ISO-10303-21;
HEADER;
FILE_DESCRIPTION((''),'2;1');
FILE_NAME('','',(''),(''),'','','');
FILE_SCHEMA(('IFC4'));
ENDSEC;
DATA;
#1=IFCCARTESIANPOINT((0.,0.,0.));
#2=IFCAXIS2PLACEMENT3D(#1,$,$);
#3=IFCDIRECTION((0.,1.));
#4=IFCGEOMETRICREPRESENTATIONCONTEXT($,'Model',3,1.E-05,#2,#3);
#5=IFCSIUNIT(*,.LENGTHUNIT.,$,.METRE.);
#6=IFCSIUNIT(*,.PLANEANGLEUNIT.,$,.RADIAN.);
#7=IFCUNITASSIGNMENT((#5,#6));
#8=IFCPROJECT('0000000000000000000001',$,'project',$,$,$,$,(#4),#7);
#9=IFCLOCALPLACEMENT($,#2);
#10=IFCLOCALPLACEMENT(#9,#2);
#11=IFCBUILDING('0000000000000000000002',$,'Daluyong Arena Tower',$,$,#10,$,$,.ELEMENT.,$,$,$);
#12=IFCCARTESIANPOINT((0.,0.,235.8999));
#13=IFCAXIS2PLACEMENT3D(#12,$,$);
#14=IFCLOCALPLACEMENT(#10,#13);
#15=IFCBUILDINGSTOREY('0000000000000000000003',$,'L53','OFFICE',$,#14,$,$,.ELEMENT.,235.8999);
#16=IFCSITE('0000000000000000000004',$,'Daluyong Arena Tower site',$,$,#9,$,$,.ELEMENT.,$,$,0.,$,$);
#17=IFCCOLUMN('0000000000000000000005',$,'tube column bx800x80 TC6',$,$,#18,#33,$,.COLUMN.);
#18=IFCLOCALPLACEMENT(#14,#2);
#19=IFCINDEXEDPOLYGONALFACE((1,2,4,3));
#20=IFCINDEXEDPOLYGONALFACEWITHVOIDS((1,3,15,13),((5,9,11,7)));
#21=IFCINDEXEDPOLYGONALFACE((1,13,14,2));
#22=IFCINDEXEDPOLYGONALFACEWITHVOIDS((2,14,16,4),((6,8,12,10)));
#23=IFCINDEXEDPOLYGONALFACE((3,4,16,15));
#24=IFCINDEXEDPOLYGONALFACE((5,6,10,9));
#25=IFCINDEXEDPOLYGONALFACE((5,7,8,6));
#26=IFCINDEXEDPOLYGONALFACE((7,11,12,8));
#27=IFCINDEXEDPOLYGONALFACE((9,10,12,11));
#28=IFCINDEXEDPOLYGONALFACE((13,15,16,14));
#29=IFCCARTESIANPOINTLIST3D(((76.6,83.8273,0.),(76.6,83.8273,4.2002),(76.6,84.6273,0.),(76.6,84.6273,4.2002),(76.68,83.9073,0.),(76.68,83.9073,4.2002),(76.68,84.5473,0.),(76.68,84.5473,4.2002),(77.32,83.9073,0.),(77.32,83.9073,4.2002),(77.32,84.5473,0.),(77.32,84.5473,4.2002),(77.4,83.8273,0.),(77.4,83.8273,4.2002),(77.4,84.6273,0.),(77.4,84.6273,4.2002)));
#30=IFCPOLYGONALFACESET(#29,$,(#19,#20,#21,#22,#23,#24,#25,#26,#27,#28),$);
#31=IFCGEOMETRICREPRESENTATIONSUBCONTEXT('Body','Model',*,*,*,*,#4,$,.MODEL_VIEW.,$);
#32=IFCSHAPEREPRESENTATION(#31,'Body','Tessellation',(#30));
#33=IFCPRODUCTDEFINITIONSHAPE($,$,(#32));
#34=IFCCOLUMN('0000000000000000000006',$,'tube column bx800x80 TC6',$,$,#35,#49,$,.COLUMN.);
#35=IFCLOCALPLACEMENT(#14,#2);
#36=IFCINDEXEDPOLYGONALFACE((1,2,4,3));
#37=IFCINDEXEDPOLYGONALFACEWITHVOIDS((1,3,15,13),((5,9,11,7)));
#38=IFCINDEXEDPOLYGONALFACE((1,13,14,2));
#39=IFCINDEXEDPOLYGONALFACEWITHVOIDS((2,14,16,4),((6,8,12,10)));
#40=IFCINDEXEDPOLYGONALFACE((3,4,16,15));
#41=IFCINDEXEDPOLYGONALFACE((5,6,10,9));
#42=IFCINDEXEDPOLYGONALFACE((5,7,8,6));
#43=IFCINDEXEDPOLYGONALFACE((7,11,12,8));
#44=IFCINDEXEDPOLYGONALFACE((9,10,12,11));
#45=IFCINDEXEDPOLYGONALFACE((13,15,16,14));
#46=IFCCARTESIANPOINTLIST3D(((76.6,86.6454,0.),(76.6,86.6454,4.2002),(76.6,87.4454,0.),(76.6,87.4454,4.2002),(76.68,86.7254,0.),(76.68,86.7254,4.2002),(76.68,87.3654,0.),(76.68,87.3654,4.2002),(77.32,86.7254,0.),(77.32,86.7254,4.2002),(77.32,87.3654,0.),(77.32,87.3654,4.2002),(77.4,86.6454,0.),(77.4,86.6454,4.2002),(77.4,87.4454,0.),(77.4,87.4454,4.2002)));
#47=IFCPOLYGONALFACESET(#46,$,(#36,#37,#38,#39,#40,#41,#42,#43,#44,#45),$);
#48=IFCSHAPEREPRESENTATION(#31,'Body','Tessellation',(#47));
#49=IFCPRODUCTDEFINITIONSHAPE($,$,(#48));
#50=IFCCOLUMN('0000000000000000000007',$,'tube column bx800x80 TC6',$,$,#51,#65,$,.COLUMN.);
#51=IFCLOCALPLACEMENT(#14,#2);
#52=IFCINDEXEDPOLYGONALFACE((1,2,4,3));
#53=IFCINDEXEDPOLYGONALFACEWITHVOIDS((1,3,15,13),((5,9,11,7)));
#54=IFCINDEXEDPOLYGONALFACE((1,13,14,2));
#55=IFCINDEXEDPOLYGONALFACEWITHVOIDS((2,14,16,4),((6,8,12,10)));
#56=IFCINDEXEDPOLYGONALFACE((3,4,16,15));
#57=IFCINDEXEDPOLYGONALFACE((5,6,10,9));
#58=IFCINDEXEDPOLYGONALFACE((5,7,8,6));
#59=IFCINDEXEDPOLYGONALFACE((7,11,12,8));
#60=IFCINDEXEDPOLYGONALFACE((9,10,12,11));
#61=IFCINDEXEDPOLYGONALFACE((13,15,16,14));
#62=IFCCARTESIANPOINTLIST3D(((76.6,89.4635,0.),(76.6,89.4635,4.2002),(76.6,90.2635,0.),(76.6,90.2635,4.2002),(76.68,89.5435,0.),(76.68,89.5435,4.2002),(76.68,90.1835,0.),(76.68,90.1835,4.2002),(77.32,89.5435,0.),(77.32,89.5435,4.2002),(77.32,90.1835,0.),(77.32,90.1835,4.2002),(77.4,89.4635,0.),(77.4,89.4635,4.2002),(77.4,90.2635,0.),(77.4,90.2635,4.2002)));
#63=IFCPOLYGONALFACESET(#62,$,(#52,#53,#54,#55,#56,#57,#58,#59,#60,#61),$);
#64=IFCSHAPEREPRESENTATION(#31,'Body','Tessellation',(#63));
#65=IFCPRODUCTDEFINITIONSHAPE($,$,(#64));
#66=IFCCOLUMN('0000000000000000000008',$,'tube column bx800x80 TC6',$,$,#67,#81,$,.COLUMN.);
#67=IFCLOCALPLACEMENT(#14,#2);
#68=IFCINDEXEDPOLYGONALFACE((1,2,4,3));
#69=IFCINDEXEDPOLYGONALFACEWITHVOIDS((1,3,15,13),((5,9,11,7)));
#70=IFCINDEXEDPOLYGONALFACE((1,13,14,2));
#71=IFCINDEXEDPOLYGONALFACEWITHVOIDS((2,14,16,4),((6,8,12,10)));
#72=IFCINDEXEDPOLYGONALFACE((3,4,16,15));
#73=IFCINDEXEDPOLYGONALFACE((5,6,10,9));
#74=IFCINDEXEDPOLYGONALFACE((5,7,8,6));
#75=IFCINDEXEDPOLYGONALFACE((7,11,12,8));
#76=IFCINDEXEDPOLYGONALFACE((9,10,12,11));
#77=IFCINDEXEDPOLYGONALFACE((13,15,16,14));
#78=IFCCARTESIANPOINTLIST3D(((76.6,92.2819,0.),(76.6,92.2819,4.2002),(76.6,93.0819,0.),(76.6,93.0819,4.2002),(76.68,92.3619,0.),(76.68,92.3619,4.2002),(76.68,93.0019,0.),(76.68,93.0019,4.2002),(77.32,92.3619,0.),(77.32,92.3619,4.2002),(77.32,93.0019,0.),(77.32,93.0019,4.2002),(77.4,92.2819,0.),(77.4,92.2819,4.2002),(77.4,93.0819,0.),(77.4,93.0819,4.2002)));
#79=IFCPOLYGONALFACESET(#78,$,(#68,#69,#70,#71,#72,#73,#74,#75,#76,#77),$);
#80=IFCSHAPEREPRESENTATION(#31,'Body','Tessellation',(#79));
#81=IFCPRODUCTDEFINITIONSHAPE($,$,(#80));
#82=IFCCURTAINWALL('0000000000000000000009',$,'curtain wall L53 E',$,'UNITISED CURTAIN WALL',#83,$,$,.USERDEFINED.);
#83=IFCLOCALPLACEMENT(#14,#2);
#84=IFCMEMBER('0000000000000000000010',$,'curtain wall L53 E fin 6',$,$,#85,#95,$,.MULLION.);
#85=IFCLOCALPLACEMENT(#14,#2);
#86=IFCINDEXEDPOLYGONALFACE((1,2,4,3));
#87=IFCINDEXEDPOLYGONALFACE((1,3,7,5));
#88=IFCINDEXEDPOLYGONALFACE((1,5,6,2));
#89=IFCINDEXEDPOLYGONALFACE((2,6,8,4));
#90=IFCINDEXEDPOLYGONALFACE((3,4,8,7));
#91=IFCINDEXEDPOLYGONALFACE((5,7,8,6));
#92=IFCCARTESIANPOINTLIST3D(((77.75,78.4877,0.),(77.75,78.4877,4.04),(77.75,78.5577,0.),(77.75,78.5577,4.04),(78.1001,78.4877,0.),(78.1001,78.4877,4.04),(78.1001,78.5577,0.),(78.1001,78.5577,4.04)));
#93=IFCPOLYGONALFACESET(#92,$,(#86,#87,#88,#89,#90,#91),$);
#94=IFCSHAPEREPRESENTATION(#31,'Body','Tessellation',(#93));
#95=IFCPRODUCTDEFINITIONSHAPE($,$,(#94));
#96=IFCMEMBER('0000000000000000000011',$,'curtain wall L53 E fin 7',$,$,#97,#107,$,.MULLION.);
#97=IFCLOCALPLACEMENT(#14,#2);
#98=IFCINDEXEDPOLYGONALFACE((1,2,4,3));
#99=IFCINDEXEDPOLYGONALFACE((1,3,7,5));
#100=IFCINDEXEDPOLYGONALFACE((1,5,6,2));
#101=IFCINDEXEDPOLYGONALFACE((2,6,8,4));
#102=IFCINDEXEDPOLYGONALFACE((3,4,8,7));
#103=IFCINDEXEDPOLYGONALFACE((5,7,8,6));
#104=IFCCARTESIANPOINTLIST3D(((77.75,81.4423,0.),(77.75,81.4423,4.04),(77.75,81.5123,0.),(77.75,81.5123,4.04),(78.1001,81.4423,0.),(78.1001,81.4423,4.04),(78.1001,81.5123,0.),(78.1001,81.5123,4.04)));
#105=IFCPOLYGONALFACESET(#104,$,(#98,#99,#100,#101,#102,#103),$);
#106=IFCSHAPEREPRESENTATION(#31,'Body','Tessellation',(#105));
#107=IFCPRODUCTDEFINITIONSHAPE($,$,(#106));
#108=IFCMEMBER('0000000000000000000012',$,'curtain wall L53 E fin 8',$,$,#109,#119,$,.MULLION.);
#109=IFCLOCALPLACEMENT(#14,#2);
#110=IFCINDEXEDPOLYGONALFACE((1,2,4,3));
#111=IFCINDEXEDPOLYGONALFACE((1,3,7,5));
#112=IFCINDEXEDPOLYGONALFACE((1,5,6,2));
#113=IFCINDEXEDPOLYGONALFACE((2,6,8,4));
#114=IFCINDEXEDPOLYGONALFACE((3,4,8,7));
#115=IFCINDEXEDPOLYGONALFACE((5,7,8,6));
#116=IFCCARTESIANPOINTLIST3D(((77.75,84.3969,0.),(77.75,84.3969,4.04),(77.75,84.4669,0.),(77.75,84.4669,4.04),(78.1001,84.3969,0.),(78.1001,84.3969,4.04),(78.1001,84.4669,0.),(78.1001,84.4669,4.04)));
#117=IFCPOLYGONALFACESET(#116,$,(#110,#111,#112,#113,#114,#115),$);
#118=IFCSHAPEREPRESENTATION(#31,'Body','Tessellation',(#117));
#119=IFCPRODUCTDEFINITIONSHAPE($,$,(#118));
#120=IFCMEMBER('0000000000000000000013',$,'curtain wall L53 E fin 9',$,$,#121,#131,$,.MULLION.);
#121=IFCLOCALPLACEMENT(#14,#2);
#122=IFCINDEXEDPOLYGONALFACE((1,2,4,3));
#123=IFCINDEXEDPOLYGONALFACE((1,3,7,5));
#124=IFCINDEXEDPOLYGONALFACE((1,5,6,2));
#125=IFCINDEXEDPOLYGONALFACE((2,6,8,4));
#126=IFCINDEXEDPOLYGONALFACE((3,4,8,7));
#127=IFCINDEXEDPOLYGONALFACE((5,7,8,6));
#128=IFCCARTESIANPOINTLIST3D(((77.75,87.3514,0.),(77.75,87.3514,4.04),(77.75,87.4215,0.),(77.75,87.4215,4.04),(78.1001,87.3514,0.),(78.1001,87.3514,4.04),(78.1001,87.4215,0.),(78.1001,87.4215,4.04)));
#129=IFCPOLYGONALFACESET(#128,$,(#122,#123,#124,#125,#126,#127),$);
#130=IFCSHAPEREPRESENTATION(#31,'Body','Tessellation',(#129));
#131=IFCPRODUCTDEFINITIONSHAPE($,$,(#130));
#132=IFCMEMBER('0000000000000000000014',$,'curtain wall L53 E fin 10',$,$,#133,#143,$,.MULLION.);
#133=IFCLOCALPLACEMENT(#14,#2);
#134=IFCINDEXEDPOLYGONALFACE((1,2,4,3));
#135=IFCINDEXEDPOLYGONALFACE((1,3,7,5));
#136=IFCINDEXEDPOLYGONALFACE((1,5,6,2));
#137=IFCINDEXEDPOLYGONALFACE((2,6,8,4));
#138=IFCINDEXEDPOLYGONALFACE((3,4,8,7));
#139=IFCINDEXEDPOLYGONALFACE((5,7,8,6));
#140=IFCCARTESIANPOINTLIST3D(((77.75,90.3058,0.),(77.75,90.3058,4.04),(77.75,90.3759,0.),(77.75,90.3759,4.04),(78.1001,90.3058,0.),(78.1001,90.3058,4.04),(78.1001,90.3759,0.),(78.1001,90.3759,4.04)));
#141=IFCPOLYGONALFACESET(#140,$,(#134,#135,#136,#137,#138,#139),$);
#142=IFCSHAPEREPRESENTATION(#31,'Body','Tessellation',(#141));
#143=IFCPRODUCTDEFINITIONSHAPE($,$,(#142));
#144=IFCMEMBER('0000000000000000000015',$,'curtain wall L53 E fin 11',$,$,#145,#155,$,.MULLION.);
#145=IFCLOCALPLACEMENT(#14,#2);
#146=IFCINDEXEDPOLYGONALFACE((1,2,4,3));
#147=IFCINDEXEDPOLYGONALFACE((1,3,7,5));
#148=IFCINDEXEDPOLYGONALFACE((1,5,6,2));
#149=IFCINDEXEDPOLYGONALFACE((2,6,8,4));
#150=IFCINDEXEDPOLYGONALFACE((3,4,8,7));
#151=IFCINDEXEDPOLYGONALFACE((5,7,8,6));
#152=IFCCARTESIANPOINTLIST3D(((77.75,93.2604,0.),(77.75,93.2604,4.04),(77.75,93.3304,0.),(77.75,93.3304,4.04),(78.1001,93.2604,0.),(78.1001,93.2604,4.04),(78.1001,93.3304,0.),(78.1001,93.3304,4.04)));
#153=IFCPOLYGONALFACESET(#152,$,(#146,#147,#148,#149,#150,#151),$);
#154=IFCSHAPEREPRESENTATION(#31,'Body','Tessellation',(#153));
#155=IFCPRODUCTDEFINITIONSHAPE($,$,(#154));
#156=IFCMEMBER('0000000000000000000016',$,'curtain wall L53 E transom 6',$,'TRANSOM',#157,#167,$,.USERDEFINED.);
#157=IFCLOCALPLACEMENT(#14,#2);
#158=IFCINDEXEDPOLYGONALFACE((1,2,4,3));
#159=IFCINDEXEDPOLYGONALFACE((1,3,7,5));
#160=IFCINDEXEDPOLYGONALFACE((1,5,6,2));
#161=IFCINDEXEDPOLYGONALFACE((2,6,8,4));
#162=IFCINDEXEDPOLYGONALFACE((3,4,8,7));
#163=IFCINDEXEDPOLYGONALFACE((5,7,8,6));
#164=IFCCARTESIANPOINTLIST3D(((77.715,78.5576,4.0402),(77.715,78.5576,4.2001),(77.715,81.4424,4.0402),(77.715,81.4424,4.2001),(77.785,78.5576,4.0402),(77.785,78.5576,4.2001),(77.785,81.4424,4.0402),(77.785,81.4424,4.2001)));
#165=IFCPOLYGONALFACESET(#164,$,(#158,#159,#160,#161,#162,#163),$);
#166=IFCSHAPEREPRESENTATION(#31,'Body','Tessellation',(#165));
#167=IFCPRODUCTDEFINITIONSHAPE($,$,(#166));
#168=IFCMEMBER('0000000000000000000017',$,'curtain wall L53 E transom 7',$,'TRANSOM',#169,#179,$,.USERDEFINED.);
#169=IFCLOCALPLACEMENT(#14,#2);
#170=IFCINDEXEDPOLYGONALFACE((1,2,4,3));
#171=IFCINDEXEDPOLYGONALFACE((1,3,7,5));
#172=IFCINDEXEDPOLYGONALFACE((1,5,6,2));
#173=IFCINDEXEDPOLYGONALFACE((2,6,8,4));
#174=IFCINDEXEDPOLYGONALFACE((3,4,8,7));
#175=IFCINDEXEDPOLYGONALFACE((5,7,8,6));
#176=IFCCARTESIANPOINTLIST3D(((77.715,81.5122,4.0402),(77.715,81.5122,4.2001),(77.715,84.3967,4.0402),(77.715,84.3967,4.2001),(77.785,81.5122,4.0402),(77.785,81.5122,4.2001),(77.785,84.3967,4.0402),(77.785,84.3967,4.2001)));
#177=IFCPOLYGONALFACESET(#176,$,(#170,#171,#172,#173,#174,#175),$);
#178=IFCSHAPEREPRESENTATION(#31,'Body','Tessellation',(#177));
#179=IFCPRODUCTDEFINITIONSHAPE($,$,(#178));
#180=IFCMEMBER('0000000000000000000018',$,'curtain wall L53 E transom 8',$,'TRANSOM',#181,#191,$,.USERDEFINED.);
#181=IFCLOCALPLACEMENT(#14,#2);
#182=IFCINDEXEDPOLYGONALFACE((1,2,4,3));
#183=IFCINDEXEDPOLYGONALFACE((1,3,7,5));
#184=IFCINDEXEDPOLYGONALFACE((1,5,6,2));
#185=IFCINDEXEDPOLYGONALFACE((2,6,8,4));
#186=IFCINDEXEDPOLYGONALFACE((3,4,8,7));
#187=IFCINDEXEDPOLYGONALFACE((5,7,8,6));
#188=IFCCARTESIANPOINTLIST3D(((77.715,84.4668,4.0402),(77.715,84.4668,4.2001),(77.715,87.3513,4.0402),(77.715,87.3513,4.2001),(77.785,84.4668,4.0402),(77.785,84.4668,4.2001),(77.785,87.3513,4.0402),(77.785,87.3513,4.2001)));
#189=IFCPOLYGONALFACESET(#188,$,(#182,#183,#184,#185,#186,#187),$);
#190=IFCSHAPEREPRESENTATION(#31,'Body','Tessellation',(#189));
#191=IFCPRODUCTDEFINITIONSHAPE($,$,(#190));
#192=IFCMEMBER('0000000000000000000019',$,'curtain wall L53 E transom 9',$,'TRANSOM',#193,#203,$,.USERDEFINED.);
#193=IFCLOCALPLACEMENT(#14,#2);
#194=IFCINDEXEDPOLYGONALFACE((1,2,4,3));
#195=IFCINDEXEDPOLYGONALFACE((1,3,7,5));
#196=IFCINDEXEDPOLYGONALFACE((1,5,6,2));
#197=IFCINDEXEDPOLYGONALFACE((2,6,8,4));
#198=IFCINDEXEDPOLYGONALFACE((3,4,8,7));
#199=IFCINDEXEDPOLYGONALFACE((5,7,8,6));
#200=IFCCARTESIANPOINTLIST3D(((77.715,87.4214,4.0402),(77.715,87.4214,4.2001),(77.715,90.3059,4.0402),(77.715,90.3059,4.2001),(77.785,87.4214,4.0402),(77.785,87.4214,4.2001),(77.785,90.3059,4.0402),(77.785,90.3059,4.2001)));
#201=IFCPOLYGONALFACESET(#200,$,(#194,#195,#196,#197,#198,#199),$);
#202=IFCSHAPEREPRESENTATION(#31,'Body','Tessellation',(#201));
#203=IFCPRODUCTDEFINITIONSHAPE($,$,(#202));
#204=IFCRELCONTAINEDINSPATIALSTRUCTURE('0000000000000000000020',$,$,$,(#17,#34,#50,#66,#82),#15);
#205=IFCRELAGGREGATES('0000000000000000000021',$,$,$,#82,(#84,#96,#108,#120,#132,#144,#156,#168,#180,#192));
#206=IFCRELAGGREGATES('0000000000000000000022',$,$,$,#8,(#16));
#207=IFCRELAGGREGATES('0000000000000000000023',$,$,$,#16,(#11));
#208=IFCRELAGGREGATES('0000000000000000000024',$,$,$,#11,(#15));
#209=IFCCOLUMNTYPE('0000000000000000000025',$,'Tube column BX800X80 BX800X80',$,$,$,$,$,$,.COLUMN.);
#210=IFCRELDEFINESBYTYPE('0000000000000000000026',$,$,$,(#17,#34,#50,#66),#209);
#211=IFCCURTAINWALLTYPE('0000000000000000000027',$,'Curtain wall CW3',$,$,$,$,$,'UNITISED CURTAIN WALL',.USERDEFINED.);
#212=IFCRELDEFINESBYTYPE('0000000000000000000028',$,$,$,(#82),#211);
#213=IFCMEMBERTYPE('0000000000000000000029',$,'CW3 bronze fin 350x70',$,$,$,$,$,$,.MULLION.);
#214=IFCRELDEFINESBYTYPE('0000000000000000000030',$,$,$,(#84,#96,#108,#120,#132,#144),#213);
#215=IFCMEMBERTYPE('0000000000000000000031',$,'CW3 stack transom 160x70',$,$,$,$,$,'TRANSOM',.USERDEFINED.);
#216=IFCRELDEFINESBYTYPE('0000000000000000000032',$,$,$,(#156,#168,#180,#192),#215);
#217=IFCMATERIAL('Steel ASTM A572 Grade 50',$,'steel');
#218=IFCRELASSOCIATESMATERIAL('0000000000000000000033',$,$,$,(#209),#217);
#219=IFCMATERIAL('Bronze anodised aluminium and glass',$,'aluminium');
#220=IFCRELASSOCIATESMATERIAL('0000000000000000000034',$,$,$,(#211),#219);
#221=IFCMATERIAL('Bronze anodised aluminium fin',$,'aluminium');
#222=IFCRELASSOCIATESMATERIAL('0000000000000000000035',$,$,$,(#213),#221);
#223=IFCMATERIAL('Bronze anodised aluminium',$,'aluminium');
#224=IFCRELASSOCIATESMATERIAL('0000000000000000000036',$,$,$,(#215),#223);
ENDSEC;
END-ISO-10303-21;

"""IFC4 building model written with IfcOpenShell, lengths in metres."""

from ifc_helpers import new_model, si_unit, direction, frame, origin, origin_2d, place, context, subcontext, project, spatial, rectangle, hollow_rectangle, extrude, material, material_profile, profile_set, type_object, element, aggregate, save


model = new_model("IFC4")

# Units and contexts
model_context = context("Model", 3, precision=1e-05, world=origin(), true_north=direction((0.0, 1.0)))
body_context = subcontext(model_context, "Body", "Model", "MODEL_VIEW")
ifc_project = project(units=[si_unit("LENGTHUNIT", "METRE"), si_unit("PLANEANGLEUNIT", "RADIAN")], contexts=[model_context])

# Site, building, storey
site_placement = place(None, origin())
site = spatial("IfcSite", under=ifc_project, at=site_placement, Name="Daluyong Arena Tower site", CompositionType="ELEMENT", RefElevation=0.0)
building_placement = place(site_placement, origin())
building = spatial("IfcBuilding", under=site, at=building_placement, Name="Daluyong Arena Tower", CompositionType="ELEMENT")
storey_placement = place(building_placement, frame((0.0, 0.0, 235.8999)))
storey = spatial("IfcBuildingStorey", under=building, at=storey_placement, Name="L53", Description="OFFICE", CompositionType="ELEMENT", Elevation=235.8999)

# Columns
ifc_material_1 = material(Name="Steel ASTM A572 Grade 50", Category="steel")
ifc_material_profile_1 = material_profile(ifc_material_1, hollow_rectangle(XDim=0.8, YDim=0.8, WallThickness=0.08, at=origin_2d()))
ifc_profile_set_1 = profile_set([ifc_material_profile_1], Name="Steel ASTM A572 Grade 50")
column_type = type_object("IfcColumnType", Name="Tube column BX800X80 BX800X80", PredefinedType="COLUMN", material=ifc_profile_set_1)
for number, where, z_axis, x_axis, name in (
    (1, (77.0, 84.2273, 0.0), (0.0, 0.0, 1.0), (0.0, 1.0, 0.0), "tube column bx800x80 TC6"),
    (2, (77.0, 87.0454, 0.0), (0.0, 0.0, 1.0), (0.0, 1.0, 0.0), "tube column bx800x80 TC6"),
    (3, (77.0, 89.8635, 0.0), (0.0, 0.0, 1.0), (0.0, 1.0, 0.0), "tube column bx800x80 TC6"),
    (4, (77.0, 92.6819, 0.0), (0.0, 0.0, 1.0), (0.0, 1.0, 0.0), "tube column bx800x80 TC6"),
):
    element("IfcColumn", number, at=place(storey_placement, frame(where, z_axis=z_axis, x_axis=x_axis)), inside=storey, type_object=column_type, Name=name, PredefinedType="COLUMN", context=body_context, shape_type="SweptSolid", body=[
        extrude(hollow_rectangle(XDim=0.8, YDim=0.8, WallThickness=0.08, at=origin_2d()), origin(), (0.0, 0.0, 1.0), 4.2002),
    ])

# Curtain wall, members
ifc_material_2 = material(Name="Bronze anodised aluminium and glass", Category="aluminium")
curtain_wall_type = type_object("IfcCurtainWallType", Name="Curtain wall CW3", ElementType="UNITISED CURTAIN WALL", PredefinedType="USERDEFINED", material=ifc_material_2)
curtain_wall_placement = place(storey_placement, origin())
curtain_wall = element("IfcCurtainWall", 5, at=curtain_wall_placement, inside=storey, type_object=curtain_wall_type, Name="curtain wall L53 E", ObjectType="UNITISED CURTAIN WALL", PredefinedType="USERDEFINED")
ifc_material_3 = material(Name="Bronze anodised aluminium fin", Category="aluminium")
ifc_material_profile_2 = material_profile(ifc_material_3, rectangle(XDim=0.3501, YDim=0.0701, at=origin_2d()))
ifc_profile_set_2 = profile_set([ifc_material_profile_2], Name="Bronze anodised aluminium fin")
member_type_1 = type_object("IfcMemberType", Name="CW3 bronze fin 350x70", PredefinedType="MULLION", material=ifc_profile_set_2)
member_1_placement = place(storey_placement, frame((77.925, 78.5227, 0.0), z_axis=(0.0, 0.0, 1.0), x_axis=(-1.0, 0.0, 0.0)))
member_1 = element("IfcMember", 6, at=member_1_placement, type_object=member_type_1, Name="curtain wall L53 E fin 6", PredefinedType="MULLION", context=body_context, shape_type="SweptSolid", body=[
    extrude(rectangle(XDim=0.3501, YDim=0.0701, at=origin_2d()), origin(), (0.0, 0.0, 1.0), 4.04),
])
member_2_placement = place(storey_placement, frame((77.925, 81.4773, 0.0), z_axis=(0.0, 0.0, 1.0), x_axis=(-1.0, 0.0, 0.0)))
member_2 = element("IfcMember", 7, at=member_2_placement, type_object=member_type_1, Name="curtain wall L53 E fin 7", PredefinedType="MULLION", context=body_context, shape_type="SweptSolid", body=[
    extrude(rectangle(XDim=0.3501, YDim=0.0701, at=origin_2d()), origin(), (0.0, 0.0, 1.0), 4.04),
])
member_3_placement = place(storey_placement, frame((77.925, 84.4319, 0.0), z_axis=(0.0, 0.0, 1.0), x_axis=(-1.0, 0.0, 0.0)))
member_3 = element("IfcMember", 8, at=member_3_placement, type_object=member_type_1, Name="curtain wall L53 E fin 8", PredefinedType="MULLION", context=body_context, shape_type="SweptSolid", body=[
    extrude(rectangle(XDim=0.3501, YDim=0.0701, at=origin_2d()), origin(), (0.0, 0.0, 1.0), 4.04),
])
member_4_placement = place(storey_placement, frame((77.925, 87.3865, 0.0), z_axis=(0.0, 0.0, 1.0), x_axis=(-1.0, 0.0, 0.0)))
member_4 = element("IfcMember", 9, at=member_4_placement, type_object=member_type_1, Name="curtain wall L53 E fin 9", PredefinedType="MULLION", context=body_context, shape_type="SweptSolid", body=[
    extrude(rectangle(XDim=0.3501, YDim=0.0701, at=origin_2d()), origin(), (0.0, 0.0, 1.0), 4.04),
])
member_5_placement = place(storey_placement, frame((77.925, 90.3408, 0.0), z_axis=(0.0, 0.0, 1.0), x_axis=(-1.0, 0.0, 0.0)))
member_5 = element("IfcMember", 10, at=member_5_placement, type_object=member_type_1, Name="curtain wall L53 E fin 10", PredefinedType="MULLION", context=body_context, shape_type="SweptSolid", body=[
    extrude(rectangle(XDim=0.3501, YDim=0.0701, at=origin_2d()), origin(), (0.0, 0.0, 1.0), 4.04),
])
member_6_placement = place(storey_placement, frame((77.925, 93.2954, 0.0), z_axis=(0.0, 0.0, 1.0), x_axis=(-1.0, 0.0, 0.0)))
member_6 = element("IfcMember", 11, at=member_6_placement, type_object=member_type_1, Name="curtain wall L53 E fin 11", PredefinedType="MULLION", context=body_context, shape_type="SweptSolid", body=[
    extrude(rectangle(XDim=0.3501, YDim=0.0701, at=origin_2d()), origin(), (0.0, 0.0, 1.0), 4.04),
])
ifc_material_4 = material(Name="Bronze anodised aluminium", Category="aluminium")
ifc_material_profile_3 = material_profile(ifc_material_4, rectangle(XDim=0.0701, YDim=0.1599, at=origin_2d()))
ifc_profile_set_3 = profile_set([ifc_material_profile_3], Name="Bronze anodised aluminium")
member_type_2 = type_object("IfcMemberType", Name="CW3 stack transom 160x70", ElementType="TRANSOM", PredefinedType="USERDEFINED", material=ifc_profile_set_3)
member_7_placement = place(storey_placement, frame((77.75, 78.5576, 4.1201), z_axis=(0.0, 1.0, 0.0), x_axis=(-1.0, 0.0, 0.0)))
member_7 = element("IfcMember", 12, at=member_7_placement, type_object=member_type_2, Name="curtain wall L53 E transom 6", ObjectType="TRANSOM", PredefinedType="USERDEFINED", context=body_context, shape_type="SweptSolid", body=[
    extrude(rectangle(XDim=0.0701, YDim=0.1599, at=origin_2d()), origin(), (0.0, 0.0, 1.0), 2.8848),
])
member_8_placement = place(storey_placement, frame((77.75, 81.5122, 4.1201), z_axis=(0.0, 1.0, 0.0), x_axis=(-1.0, 0.0, 0.0)))
member_8 = element("IfcMember", 13, at=member_8_placement, type_object=member_type_2, Name="curtain wall L53 E transom 7", ObjectType="TRANSOM", PredefinedType="USERDEFINED", context=body_context, shape_type="SweptSolid", body=[
    extrude(rectangle(XDim=0.0701, YDim=0.1599, at=origin_2d()), origin(), (0.0, 0.0, 1.0), 2.8845),
])
member_9_placement = place(storey_placement, frame((77.75, 84.4668, 4.1201), z_axis=(0.0, 1.0, 0.0), x_axis=(-1.0, 0.0, 0.0)))
member_9 = element("IfcMember", 14, at=member_9_placement, type_object=member_type_2, Name="curtain wall L53 E transom 8", ObjectType="TRANSOM", PredefinedType="USERDEFINED", context=body_context, shape_type="SweptSolid", body=[
    extrude(rectangle(XDim=0.0701, YDim=0.1599, at=origin_2d()), origin(), (0.0, 0.0, 1.0), 2.8845),
])
member_10_placement = place(storey_placement, frame((77.75, 87.4214, 4.1201), z_axis=(0.0, 1.0, 0.0), x_axis=(-1.0, 0.0, 0.0)))
member_10 = element("IfcMember", 15, at=member_10_placement, type_object=member_type_2, Name="curtain wall L53 E transom 9", ObjectType="TRANSOM", PredefinedType="USERDEFINED", context=body_context, shape_type="SweptSolid", body=[
    extrude(rectangle(XDim=0.0701, YDim=0.1599, at=origin_2d()), origin(), (0.0, 0.0, 1.0), 2.8845),
])

aggregate(curtain_wall, [member_1, member_2, member_3, member_4, member_5, member_6, member_7, member_8, member_9, member_10])

save(model, "model.ifc")
